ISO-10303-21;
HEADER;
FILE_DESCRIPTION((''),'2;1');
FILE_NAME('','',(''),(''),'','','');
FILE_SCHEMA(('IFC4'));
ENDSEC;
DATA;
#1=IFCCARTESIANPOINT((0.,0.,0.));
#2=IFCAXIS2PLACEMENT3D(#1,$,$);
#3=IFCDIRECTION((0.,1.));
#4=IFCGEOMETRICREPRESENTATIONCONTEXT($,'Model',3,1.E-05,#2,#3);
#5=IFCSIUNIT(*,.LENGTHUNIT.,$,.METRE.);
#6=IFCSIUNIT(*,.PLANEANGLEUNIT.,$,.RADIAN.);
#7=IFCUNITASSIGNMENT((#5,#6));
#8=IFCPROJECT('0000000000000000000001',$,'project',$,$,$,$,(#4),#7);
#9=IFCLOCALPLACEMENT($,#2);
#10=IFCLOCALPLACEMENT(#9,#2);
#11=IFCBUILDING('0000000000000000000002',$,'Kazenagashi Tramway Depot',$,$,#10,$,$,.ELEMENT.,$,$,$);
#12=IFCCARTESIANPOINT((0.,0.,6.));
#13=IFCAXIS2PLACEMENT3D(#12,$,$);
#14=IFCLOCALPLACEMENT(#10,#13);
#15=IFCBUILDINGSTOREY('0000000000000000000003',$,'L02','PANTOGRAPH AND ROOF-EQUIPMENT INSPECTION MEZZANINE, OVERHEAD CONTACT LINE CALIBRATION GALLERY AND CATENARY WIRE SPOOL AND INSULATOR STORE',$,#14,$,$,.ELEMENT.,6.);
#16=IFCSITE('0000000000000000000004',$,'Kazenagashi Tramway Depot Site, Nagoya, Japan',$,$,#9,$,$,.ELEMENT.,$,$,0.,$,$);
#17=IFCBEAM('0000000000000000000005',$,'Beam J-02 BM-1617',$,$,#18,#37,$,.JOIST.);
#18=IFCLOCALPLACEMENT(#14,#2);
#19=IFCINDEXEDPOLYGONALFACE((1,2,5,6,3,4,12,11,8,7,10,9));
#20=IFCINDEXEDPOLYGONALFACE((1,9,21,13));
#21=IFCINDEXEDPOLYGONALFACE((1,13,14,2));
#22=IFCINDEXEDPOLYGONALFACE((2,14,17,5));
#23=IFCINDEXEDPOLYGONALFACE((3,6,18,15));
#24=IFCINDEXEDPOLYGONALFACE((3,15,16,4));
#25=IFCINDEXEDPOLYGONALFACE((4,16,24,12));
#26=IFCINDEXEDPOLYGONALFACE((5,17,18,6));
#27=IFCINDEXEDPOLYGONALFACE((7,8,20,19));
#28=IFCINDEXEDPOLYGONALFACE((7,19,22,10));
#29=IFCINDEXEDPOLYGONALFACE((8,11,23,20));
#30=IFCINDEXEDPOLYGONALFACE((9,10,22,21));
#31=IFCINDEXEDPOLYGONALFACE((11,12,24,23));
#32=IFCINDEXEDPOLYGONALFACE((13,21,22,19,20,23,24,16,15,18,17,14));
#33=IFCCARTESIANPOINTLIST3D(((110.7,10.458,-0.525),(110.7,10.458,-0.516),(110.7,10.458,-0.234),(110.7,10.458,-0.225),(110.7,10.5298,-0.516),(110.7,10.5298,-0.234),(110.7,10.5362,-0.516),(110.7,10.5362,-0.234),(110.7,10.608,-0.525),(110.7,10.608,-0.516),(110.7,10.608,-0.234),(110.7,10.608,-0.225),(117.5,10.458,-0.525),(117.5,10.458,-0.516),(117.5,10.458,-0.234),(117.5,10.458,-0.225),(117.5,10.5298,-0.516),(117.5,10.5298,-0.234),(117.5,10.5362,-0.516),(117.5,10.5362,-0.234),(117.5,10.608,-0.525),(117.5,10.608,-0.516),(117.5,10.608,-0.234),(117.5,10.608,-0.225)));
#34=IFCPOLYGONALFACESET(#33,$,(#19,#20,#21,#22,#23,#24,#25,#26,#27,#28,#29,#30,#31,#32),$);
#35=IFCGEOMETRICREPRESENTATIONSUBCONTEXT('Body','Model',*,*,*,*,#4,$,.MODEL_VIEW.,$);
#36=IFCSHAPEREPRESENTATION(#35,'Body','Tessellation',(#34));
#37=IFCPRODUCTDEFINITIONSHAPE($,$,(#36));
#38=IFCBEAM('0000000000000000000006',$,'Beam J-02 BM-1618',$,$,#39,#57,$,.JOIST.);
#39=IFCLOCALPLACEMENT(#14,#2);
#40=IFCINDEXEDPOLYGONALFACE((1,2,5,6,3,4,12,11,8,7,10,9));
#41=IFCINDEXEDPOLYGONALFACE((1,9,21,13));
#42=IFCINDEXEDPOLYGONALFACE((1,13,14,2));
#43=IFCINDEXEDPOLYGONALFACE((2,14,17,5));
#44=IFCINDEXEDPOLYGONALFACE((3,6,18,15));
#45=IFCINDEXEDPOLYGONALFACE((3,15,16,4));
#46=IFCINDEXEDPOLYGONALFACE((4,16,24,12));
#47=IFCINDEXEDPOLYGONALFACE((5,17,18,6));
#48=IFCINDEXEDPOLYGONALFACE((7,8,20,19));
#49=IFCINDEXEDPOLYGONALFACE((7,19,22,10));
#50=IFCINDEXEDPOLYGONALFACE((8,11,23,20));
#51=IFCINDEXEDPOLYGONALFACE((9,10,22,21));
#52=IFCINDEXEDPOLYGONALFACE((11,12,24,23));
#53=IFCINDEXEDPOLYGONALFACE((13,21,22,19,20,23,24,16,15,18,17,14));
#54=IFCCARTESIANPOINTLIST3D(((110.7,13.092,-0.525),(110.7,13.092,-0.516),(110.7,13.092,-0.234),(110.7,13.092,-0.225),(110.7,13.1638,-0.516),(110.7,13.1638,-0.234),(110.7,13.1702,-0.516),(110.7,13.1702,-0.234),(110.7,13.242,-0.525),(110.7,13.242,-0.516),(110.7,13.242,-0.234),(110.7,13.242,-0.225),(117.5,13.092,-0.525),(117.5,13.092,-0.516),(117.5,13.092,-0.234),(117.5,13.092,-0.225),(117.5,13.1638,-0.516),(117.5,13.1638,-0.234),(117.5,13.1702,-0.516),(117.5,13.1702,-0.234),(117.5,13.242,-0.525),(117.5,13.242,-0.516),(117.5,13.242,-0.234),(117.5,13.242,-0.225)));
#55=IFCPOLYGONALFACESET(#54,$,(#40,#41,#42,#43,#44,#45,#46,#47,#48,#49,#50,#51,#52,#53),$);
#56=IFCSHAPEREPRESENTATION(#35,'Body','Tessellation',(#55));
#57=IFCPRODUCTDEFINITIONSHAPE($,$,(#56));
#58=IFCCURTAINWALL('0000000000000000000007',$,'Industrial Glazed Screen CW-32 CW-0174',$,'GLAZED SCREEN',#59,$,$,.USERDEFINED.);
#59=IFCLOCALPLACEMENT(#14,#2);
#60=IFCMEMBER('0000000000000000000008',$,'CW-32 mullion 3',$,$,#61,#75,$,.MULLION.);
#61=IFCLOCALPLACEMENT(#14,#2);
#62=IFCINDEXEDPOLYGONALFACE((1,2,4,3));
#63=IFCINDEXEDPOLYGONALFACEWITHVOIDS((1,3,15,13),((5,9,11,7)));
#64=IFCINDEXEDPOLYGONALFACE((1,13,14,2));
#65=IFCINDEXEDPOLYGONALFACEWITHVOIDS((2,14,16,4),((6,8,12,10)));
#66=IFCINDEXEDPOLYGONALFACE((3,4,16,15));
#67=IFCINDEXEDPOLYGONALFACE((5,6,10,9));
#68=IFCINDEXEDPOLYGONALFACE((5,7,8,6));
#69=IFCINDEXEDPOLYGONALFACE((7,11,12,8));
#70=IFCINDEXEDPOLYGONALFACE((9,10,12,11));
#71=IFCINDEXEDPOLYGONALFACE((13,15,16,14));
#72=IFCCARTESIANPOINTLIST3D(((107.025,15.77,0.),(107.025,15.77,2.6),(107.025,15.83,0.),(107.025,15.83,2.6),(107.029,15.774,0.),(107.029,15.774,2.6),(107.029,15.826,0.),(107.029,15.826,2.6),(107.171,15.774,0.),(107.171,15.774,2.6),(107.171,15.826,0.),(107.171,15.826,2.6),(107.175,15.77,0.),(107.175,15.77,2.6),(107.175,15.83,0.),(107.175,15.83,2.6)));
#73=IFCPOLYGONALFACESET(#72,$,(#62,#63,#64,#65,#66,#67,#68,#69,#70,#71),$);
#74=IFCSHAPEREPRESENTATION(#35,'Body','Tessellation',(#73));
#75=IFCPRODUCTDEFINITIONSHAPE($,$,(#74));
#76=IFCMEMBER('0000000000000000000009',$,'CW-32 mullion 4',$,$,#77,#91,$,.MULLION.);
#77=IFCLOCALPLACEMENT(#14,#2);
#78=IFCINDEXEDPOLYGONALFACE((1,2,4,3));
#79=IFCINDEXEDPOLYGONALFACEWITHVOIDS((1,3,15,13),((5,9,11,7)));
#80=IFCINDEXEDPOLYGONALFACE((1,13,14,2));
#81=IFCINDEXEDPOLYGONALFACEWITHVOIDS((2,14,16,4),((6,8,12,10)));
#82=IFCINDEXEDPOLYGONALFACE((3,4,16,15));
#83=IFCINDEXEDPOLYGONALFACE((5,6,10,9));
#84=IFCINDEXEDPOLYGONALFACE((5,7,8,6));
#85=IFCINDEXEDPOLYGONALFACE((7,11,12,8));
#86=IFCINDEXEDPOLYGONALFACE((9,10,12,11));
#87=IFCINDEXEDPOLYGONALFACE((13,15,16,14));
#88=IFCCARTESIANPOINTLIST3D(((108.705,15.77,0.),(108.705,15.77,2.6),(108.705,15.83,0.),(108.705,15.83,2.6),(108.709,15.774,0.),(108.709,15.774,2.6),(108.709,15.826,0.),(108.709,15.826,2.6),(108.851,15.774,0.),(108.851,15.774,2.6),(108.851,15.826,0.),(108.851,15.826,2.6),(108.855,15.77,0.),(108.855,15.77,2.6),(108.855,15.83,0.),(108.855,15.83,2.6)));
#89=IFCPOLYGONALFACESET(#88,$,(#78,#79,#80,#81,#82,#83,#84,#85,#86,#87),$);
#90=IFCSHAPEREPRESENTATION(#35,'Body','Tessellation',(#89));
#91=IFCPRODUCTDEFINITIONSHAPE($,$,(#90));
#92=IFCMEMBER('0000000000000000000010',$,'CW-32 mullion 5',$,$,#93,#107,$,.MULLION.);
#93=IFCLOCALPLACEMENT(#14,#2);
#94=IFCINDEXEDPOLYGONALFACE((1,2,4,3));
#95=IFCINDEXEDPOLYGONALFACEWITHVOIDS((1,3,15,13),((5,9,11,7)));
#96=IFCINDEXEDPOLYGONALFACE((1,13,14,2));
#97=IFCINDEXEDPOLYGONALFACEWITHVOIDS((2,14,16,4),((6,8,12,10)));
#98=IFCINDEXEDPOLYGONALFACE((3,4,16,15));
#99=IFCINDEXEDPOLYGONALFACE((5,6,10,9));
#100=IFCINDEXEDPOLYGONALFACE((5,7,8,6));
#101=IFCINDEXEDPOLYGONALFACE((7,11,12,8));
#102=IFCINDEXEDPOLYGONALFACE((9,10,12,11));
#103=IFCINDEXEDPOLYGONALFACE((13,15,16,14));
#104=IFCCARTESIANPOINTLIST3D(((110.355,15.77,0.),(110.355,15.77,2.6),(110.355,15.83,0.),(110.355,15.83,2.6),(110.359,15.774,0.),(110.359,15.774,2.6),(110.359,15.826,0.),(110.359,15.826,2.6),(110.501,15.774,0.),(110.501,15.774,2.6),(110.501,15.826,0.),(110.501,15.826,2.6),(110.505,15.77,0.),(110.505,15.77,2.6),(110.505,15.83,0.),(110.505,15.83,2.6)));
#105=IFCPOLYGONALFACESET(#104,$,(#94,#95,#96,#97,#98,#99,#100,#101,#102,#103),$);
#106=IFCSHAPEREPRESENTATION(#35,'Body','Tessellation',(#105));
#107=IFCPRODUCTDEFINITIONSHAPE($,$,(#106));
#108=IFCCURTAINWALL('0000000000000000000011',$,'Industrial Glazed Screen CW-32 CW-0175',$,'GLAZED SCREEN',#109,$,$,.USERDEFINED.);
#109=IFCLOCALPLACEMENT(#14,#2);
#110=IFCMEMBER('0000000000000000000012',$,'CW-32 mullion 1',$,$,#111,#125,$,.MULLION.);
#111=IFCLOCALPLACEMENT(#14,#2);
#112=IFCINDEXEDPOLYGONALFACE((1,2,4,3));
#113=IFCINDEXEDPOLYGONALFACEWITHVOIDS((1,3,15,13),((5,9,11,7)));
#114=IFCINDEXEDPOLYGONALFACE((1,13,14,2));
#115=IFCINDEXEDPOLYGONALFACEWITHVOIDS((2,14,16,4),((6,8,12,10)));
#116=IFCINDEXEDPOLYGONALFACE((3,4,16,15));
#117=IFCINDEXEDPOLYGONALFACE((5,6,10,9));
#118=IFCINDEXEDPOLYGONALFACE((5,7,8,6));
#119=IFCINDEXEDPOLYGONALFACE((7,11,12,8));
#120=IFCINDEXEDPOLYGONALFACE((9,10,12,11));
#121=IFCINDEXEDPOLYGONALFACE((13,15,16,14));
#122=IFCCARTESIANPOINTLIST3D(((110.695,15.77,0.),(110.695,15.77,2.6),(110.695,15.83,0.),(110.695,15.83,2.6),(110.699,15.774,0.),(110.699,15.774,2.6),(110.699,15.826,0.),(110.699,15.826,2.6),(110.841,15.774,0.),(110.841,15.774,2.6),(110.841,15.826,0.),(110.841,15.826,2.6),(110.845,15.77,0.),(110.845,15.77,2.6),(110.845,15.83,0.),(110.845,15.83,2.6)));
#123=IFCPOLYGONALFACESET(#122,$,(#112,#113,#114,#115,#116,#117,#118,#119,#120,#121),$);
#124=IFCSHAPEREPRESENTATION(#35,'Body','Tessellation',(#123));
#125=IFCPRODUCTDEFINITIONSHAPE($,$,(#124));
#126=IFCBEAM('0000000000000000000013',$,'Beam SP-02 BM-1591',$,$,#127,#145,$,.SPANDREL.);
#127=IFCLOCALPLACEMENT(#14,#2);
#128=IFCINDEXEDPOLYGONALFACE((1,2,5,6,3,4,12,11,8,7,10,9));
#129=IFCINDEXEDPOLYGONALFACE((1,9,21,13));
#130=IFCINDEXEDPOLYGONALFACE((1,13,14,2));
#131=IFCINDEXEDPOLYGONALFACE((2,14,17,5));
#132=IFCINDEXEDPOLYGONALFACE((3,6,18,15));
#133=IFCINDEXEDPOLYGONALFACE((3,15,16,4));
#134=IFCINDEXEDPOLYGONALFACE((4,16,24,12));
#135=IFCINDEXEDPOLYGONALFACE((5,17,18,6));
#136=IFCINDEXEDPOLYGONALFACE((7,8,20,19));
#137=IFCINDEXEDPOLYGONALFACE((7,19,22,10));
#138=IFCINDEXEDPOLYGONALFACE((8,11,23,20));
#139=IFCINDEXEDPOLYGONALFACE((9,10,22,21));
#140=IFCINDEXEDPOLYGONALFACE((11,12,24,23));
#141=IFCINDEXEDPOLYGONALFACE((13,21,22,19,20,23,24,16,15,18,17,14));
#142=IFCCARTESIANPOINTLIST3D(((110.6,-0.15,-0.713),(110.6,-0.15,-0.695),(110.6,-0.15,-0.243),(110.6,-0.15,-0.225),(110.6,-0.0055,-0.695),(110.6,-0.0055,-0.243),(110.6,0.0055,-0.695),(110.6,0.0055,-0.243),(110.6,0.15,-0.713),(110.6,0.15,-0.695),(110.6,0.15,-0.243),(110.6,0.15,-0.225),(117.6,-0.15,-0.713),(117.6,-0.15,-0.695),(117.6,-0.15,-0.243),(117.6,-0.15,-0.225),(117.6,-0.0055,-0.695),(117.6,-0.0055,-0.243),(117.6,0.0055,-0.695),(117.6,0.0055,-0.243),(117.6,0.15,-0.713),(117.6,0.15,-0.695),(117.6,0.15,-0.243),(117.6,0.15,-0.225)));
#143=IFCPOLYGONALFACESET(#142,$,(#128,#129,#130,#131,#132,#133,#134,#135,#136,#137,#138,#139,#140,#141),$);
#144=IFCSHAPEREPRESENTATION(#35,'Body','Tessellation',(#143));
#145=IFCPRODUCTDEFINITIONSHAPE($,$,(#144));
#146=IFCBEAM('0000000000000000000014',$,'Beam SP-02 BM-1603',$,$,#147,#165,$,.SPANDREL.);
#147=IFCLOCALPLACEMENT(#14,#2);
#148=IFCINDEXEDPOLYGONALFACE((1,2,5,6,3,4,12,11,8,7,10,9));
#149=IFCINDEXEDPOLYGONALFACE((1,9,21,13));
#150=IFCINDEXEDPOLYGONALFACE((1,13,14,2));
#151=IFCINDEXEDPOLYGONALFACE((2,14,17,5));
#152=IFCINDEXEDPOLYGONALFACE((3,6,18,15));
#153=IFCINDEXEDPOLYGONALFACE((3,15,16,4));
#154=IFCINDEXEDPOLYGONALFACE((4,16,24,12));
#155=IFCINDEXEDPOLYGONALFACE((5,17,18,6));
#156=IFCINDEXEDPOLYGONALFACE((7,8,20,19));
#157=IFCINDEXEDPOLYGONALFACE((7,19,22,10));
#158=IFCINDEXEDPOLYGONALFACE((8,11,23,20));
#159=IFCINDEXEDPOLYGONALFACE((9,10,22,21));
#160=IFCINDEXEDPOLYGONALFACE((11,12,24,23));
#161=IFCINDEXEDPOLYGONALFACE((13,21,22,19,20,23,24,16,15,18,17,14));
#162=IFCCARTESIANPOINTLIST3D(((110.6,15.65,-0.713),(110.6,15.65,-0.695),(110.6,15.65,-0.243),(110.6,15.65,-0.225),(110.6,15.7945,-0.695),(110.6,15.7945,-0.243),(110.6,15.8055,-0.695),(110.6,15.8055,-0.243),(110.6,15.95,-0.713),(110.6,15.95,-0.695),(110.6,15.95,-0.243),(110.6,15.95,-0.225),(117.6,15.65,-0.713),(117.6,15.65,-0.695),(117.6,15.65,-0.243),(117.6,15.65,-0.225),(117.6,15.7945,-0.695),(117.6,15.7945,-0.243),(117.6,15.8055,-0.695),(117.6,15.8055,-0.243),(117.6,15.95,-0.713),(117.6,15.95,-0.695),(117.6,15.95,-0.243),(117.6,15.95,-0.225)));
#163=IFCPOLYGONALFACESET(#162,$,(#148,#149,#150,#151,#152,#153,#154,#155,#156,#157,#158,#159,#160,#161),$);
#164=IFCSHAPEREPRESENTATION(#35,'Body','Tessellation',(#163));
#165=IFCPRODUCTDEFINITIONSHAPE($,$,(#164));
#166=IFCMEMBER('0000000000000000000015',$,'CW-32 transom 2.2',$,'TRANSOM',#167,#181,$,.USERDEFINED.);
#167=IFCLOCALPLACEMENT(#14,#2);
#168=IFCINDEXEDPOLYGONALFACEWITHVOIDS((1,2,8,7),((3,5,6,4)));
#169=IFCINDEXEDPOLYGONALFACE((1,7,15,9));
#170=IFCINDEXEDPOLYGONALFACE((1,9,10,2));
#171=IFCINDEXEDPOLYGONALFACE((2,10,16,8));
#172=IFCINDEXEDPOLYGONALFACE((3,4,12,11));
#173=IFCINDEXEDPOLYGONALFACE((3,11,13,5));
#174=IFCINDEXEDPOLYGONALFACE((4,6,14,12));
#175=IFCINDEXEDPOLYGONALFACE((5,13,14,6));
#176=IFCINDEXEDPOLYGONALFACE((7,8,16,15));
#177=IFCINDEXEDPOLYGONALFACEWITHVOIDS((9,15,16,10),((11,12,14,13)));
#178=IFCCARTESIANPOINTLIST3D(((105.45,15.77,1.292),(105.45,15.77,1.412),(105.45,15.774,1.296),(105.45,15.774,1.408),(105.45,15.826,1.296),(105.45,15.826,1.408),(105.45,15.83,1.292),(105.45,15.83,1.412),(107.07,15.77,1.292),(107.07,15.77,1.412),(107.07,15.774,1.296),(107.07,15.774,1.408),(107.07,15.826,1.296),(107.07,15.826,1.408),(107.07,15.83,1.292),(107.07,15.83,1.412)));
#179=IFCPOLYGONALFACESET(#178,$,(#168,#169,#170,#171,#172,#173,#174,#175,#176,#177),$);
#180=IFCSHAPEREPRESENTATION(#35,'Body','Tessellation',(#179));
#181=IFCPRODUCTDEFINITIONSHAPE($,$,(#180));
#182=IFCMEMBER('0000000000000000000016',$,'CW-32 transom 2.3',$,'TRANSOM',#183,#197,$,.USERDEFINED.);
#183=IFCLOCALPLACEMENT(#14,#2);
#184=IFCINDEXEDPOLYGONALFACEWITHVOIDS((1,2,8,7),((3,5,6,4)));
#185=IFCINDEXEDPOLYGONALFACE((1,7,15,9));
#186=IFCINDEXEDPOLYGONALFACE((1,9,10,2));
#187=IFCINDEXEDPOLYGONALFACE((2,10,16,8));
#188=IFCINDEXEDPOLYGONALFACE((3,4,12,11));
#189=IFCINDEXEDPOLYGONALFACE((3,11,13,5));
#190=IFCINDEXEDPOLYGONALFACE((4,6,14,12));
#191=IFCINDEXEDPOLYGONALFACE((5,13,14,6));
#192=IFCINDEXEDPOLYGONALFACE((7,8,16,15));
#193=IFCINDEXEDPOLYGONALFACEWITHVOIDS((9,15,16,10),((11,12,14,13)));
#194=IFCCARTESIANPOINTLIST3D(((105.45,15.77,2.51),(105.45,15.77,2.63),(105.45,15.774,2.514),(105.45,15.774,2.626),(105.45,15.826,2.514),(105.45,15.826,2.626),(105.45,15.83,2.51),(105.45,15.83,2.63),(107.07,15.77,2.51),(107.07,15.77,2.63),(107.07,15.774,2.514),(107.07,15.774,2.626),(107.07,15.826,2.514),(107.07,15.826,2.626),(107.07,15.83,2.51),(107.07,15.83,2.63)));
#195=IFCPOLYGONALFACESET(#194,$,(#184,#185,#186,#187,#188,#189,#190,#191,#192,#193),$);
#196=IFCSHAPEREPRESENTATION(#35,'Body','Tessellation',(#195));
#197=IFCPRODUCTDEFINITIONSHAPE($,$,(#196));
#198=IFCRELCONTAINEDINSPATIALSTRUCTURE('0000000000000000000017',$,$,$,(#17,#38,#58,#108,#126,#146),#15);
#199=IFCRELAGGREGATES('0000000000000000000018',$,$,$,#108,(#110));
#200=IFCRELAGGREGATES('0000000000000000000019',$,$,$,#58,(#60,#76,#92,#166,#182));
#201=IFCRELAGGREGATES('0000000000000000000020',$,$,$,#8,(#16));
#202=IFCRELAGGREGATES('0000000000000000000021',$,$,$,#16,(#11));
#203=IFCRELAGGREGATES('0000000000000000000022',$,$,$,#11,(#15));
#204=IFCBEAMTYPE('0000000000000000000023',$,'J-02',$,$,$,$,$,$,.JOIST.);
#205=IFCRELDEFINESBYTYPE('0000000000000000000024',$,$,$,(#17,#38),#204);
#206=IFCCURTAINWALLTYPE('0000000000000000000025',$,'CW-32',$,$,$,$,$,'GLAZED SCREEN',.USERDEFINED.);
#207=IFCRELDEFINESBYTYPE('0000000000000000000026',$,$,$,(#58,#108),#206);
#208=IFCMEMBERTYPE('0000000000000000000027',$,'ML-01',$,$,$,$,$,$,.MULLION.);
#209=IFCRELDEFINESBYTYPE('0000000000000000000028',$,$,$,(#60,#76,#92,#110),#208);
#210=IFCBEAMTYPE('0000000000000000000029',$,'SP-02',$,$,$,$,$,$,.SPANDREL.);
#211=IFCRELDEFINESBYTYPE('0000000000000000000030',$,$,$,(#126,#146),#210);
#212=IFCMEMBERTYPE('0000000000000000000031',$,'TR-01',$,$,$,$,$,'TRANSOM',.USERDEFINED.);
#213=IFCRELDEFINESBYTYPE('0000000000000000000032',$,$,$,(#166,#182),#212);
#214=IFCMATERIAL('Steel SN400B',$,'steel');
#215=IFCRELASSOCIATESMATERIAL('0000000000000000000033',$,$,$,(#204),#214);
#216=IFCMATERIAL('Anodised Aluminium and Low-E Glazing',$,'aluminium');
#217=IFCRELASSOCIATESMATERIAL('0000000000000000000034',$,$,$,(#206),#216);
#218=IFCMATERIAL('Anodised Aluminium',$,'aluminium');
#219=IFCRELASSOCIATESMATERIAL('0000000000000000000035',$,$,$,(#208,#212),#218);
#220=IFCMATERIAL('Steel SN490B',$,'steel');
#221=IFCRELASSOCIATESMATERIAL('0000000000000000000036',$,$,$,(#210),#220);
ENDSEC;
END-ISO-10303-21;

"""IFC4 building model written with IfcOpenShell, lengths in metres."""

from ifc_helpers import new_model, si_unit, direction, frame, origin, origin_2d, place, context, subcontext, project, spatial, hollow_rectangle, i_section, extrude, material, material_profile, profile_set, type_object, element, aggregate, save


model = new_model("IFC4")

# Units and contexts
model_context = context("Model", 3, precision=1e-05, world=origin(), true_north=direction((0.0, 1.0)))
body_context = subcontext(model_context, "Body", "Model", "MODEL_VIEW")
ifc_project = project(units=[si_unit("LENGTHUNIT", "METRE"), si_unit("PLANEANGLEUNIT", "RADIAN")], contexts=[model_context])

# Site, building, storey
site_placement = place(None, origin())
site = spatial("IfcSite", under=ifc_project, at=site_placement, Name="Kazenagashi Tramway Depot Site, Nagoya, Japan", CompositionType="ELEMENT", RefElevation=0.0)
building_placement = place(site_placement, origin())
building = spatial("IfcBuilding", under=site, at=building_placement, Name="Kazenagashi Tramway Depot", CompositionType="ELEMENT")
storey_placement = place(building_placement, frame((0.0, 0.0, 6.0)))
storey = spatial("IfcBuildingStorey", under=building, at=storey_placement, Name="L02", Description="PANTOGRAPH AND ROOF-EQUIPMENT INSPECTION MEZZANINE, OVERHEAD CONTACT LINE CALIBRATION GALLERY AND CATENARY WIRE SPOOL AND INSULATOR STORE", CompositionType="ELEMENT", Elevation=6.0)

# Beams
ifc_material_1 = material(Name="Steel SN490B", Category="steel")
ifc_material_2 = material(Name="Steel SN400B", Category="steel")
ifc_material_profile_1 = material_profile(ifc_material_2, i_section(OverallWidth=0.15, OverallDepth=0.3, WebThickness=0.0065, FlangeThickness=0.009, at=origin_2d()), Name="H-300x150x6.5x9")
ifc_profile_set_1 = profile_set([ifc_material_profile_1], Name="Steel SN400B")
beam_type_1 = type_object("IfcBeamType", Name="J-02", PredefinedType="JOIST", material=ifc_profile_set_1)
for number, where, z_axis, x_axis, name in (
    (1, (110.7, 10.533, -0.375), (1.0, 0.0, 0.0), (0.0, 1.0, 0.0), "Beam J-02 BM-1617"),
    (2, (110.7, 13.167, -0.375), (1.0, 0.0, 0.0), (0.0, 1.0, 0.0), "Beam J-02 BM-1618"),
):
    element("IfcBeam", number, at=place(storey_placement, frame(where, z_axis=z_axis, x_axis=x_axis)), inside=storey, type_object=beam_type_1, Name=name, PredefinedType="JOIST", context=body_context, shape_type="SweptSolid", body=[
        extrude(i_section(OverallWidth=0.15, OverallDepth=0.3, WebThickness=0.0065, FlangeThickness=0.009, at=origin_2d()), origin(), (0.0, 0.0, 1.0), 6.8),
    ])

# Curtain wall, members
ifc_material_3 = material(Name="Anodised Aluminium and Low-E Glazing", Category="aluminium")
curtain_wall_type = type_object("IfcCurtainWallType", Name="CW-32", ElementType="GLAZED SCREEN", PredefinedType="USERDEFINED", material=ifc_material_3)
curtain_wall_1_placement = place(storey_placement, origin())
curtain_wall_1 = element("IfcCurtainWall", 3, at=curtain_wall_1_placement, inside=storey, type_object=curtain_wall_type, Name="Industrial Glazed Screen CW-32 CW-0174", ObjectType="GLAZED SCREEN", PredefinedType="USERDEFINED")
ifc_material_4 = material(Name="Anodised Aluminium", Category="aluminium")
ifc_material_profile_2 = material_profile(ifc_material_4, hollow_rectangle(XDim=0.06, YDim=0.15, WallThickness=0.004, at=origin_2d()), Name="RHS-150x60x4")
ifc_profile_set_2 = profile_set([ifc_material_profile_2], Name="Anodised Aluminium")
member_type_1 = type_object("IfcMemberType", Name="ML-01", PredefinedType="MULLION", material=ifc_profile_set_2)
member_1_placement = place(storey_placement, frame((107.1, 15.8, 0.0), z_axis=(0.0, 0.0, 1.0), x_axis=(0.0, 1.0, 0.0)))
member_1 = element("IfcMember", 4, at=member_1_placement, type_object=member_type_1, Name="CW-32 mullion 3", PredefinedType="MULLION", context=body_context, shape_type="SweptSolid", body=[
    extrude(hollow_rectangle(XDim=0.06, YDim=0.15, WallThickness=0.004, at=origin_2d()), origin(), (0.0, 0.0, 1.0), 2.6),
])
member_2_placement = place(storey_placement, frame((108.78, 15.8, 0.0), z_axis=(0.0, 0.0, 1.0), x_axis=(0.0, 1.0, 0.0)))
member_2 = element("IfcMember", 5, at=member_2_placement, type_object=member_type_1, Name="CW-32 mullion 4", PredefinedType="MULLION", context=body_context, shape_type="SweptSolid", body=[
    extrude(hollow_rectangle(XDim=0.06, YDim=0.15, WallThickness=0.004, at=origin_2d()), origin(), (0.0, 0.0, 1.0), 2.6),
])
member_3_placement = place(storey_placement, frame((110.43, 15.8, 0.0), z_axis=(0.0, 0.0, 1.0), x_axis=(0.0, 1.0, 0.0)))
member_3 = element("IfcMember", 6, at=member_3_placement, type_object=member_type_1, Name="CW-32 mullion 5", PredefinedType="MULLION", context=body_context, shape_type="SweptSolid", body=[
    extrude(hollow_rectangle(XDim=0.06, YDim=0.15, WallThickness=0.004, at=origin_2d()), origin(), (0.0, 0.0, 1.0), 2.6),
])

# Curtain wall, member
curtain_wall_2_placement = place(storey_placement, origin())
curtain_wall_2 = element("IfcCurtainWall", 7, at=curtain_wall_2_placement, inside=storey, type_object=curtain_wall_type, Name="Industrial Glazed Screen CW-32 CW-0175", ObjectType="GLAZED SCREEN", PredefinedType="USERDEFINED")
member_4_placement = place(storey_placement, frame((110.77, 15.8, 0.0), z_axis=(0.0, 0.0, 1.0), x_axis=(0.0, 1.0, 0.0)))
member_4 = element("IfcMember", 8, at=member_4_placement, type_object=member_type_1, Name="CW-32 mullion 1", PredefinedType="MULLION", context=body_context, shape_type="SweptSolid", body=[
    extrude(hollow_rectangle(XDim=0.06, YDim=0.15, WallThickness=0.004, at=origin_2d()), origin(), (0.0, 0.0, 1.0), 2.6),
])

# Beams
ifc_material_profile_3 = material_profile(ifc_material_1, i_section(OverallWidth=0.3, OverallDepth=0.488, WebThickness=0.011, FlangeThickness=0.018, at=origin_2d()), Name="H-488x300x11x18")
ifc_profile_set_3 = profile_set([ifc_material_profile_3], Name="Steel SN490B")
beam_type_2 = type_object("IfcBeamType", Name="SP-02", PredefinedType="SPANDREL", material=ifc_profile_set_3)
for number, where, z_axis, x_axis, name in (
    (9, (110.6, 0.0, -0.469), (1.0, 0.0, 0.0), (0.0, 1.0, 0.0), "Beam SP-02 BM-1591"),
    (10, (110.6, 15.8, -0.469), (1.0, 0.0, 0.0), (0.0, 1.0, 0.0), "Beam SP-02 BM-1603"),
):
    element("IfcBeam", number, at=place(storey_placement, frame(where, z_axis=z_axis, x_axis=x_axis)), inside=storey, type_object=beam_type_2, Name=name, PredefinedType="SPANDREL", context=body_context, shape_type="SweptSolid", body=[
        extrude(i_section(OverallWidth=0.3, OverallDepth=0.488, WebThickness=0.011, FlangeThickness=0.018, at=origin_2d()), origin(), (0.0, 0.0, 1.0), 7.0),
    ])

# Members
ifc_material_profile_4 = material_profile(ifc_material_4, hollow_rectangle(XDim=0.06, YDim=0.12, WallThickness=0.004, at=origin_2d()), Name="RHS-120x60x4")
ifc_profile_set_4 = profile_set([ifc_material_profile_4], Name="Anodised Aluminium")
member_type_2 = type_object("IfcMemberType", Name="TR-01", ElementType="TRANSOM", PredefinedType="USERDEFINED", material=ifc_profile_set_4)
member_5_placement = place(storey_placement, frame((105.45, 15.8, 1.352), z_axis=(1.0, 0.0, 0.0), x_axis=(0.0, 1.0, 0.0)))
member_5 = element("IfcMember", 11, at=member_5_placement, type_object=member_type_2, Name="CW-32 transom 2.2", ObjectType="TRANSOM", PredefinedType="USERDEFINED", context=body_context, shape_type="SweptSolid", body=[
    extrude(hollow_rectangle(XDim=0.06, YDim=0.12, WallThickness=0.004, at=origin_2d()), origin(), (0.0, 0.0, 1.0), 1.62),
])
member_6_placement = place(storey_placement, frame((105.45, 15.8, 2.57), z_axis=(1.0, 0.0, 0.0), x_axis=(0.0, 1.0, 0.0)))
member_6 = element("IfcMember", 12, at=member_6_placement, type_object=member_type_2, Name="CW-32 transom 2.3", ObjectType="TRANSOM", PredefinedType="USERDEFINED", context=body_context, shape_type="SweptSolid", body=[
    extrude(hollow_rectangle(XDim=0.06, YDim=0.12, WallThickness=0.004, at=origin_2d()), origin(), (0.0, 0.0, 1.0), 1.62),
])
aggregate(curtain_wall_2, [member_4])

aggregate(curtain_wall_1, [member_1, member_2, member_3, member_5, member_6])

save(model, "model.ifc")
